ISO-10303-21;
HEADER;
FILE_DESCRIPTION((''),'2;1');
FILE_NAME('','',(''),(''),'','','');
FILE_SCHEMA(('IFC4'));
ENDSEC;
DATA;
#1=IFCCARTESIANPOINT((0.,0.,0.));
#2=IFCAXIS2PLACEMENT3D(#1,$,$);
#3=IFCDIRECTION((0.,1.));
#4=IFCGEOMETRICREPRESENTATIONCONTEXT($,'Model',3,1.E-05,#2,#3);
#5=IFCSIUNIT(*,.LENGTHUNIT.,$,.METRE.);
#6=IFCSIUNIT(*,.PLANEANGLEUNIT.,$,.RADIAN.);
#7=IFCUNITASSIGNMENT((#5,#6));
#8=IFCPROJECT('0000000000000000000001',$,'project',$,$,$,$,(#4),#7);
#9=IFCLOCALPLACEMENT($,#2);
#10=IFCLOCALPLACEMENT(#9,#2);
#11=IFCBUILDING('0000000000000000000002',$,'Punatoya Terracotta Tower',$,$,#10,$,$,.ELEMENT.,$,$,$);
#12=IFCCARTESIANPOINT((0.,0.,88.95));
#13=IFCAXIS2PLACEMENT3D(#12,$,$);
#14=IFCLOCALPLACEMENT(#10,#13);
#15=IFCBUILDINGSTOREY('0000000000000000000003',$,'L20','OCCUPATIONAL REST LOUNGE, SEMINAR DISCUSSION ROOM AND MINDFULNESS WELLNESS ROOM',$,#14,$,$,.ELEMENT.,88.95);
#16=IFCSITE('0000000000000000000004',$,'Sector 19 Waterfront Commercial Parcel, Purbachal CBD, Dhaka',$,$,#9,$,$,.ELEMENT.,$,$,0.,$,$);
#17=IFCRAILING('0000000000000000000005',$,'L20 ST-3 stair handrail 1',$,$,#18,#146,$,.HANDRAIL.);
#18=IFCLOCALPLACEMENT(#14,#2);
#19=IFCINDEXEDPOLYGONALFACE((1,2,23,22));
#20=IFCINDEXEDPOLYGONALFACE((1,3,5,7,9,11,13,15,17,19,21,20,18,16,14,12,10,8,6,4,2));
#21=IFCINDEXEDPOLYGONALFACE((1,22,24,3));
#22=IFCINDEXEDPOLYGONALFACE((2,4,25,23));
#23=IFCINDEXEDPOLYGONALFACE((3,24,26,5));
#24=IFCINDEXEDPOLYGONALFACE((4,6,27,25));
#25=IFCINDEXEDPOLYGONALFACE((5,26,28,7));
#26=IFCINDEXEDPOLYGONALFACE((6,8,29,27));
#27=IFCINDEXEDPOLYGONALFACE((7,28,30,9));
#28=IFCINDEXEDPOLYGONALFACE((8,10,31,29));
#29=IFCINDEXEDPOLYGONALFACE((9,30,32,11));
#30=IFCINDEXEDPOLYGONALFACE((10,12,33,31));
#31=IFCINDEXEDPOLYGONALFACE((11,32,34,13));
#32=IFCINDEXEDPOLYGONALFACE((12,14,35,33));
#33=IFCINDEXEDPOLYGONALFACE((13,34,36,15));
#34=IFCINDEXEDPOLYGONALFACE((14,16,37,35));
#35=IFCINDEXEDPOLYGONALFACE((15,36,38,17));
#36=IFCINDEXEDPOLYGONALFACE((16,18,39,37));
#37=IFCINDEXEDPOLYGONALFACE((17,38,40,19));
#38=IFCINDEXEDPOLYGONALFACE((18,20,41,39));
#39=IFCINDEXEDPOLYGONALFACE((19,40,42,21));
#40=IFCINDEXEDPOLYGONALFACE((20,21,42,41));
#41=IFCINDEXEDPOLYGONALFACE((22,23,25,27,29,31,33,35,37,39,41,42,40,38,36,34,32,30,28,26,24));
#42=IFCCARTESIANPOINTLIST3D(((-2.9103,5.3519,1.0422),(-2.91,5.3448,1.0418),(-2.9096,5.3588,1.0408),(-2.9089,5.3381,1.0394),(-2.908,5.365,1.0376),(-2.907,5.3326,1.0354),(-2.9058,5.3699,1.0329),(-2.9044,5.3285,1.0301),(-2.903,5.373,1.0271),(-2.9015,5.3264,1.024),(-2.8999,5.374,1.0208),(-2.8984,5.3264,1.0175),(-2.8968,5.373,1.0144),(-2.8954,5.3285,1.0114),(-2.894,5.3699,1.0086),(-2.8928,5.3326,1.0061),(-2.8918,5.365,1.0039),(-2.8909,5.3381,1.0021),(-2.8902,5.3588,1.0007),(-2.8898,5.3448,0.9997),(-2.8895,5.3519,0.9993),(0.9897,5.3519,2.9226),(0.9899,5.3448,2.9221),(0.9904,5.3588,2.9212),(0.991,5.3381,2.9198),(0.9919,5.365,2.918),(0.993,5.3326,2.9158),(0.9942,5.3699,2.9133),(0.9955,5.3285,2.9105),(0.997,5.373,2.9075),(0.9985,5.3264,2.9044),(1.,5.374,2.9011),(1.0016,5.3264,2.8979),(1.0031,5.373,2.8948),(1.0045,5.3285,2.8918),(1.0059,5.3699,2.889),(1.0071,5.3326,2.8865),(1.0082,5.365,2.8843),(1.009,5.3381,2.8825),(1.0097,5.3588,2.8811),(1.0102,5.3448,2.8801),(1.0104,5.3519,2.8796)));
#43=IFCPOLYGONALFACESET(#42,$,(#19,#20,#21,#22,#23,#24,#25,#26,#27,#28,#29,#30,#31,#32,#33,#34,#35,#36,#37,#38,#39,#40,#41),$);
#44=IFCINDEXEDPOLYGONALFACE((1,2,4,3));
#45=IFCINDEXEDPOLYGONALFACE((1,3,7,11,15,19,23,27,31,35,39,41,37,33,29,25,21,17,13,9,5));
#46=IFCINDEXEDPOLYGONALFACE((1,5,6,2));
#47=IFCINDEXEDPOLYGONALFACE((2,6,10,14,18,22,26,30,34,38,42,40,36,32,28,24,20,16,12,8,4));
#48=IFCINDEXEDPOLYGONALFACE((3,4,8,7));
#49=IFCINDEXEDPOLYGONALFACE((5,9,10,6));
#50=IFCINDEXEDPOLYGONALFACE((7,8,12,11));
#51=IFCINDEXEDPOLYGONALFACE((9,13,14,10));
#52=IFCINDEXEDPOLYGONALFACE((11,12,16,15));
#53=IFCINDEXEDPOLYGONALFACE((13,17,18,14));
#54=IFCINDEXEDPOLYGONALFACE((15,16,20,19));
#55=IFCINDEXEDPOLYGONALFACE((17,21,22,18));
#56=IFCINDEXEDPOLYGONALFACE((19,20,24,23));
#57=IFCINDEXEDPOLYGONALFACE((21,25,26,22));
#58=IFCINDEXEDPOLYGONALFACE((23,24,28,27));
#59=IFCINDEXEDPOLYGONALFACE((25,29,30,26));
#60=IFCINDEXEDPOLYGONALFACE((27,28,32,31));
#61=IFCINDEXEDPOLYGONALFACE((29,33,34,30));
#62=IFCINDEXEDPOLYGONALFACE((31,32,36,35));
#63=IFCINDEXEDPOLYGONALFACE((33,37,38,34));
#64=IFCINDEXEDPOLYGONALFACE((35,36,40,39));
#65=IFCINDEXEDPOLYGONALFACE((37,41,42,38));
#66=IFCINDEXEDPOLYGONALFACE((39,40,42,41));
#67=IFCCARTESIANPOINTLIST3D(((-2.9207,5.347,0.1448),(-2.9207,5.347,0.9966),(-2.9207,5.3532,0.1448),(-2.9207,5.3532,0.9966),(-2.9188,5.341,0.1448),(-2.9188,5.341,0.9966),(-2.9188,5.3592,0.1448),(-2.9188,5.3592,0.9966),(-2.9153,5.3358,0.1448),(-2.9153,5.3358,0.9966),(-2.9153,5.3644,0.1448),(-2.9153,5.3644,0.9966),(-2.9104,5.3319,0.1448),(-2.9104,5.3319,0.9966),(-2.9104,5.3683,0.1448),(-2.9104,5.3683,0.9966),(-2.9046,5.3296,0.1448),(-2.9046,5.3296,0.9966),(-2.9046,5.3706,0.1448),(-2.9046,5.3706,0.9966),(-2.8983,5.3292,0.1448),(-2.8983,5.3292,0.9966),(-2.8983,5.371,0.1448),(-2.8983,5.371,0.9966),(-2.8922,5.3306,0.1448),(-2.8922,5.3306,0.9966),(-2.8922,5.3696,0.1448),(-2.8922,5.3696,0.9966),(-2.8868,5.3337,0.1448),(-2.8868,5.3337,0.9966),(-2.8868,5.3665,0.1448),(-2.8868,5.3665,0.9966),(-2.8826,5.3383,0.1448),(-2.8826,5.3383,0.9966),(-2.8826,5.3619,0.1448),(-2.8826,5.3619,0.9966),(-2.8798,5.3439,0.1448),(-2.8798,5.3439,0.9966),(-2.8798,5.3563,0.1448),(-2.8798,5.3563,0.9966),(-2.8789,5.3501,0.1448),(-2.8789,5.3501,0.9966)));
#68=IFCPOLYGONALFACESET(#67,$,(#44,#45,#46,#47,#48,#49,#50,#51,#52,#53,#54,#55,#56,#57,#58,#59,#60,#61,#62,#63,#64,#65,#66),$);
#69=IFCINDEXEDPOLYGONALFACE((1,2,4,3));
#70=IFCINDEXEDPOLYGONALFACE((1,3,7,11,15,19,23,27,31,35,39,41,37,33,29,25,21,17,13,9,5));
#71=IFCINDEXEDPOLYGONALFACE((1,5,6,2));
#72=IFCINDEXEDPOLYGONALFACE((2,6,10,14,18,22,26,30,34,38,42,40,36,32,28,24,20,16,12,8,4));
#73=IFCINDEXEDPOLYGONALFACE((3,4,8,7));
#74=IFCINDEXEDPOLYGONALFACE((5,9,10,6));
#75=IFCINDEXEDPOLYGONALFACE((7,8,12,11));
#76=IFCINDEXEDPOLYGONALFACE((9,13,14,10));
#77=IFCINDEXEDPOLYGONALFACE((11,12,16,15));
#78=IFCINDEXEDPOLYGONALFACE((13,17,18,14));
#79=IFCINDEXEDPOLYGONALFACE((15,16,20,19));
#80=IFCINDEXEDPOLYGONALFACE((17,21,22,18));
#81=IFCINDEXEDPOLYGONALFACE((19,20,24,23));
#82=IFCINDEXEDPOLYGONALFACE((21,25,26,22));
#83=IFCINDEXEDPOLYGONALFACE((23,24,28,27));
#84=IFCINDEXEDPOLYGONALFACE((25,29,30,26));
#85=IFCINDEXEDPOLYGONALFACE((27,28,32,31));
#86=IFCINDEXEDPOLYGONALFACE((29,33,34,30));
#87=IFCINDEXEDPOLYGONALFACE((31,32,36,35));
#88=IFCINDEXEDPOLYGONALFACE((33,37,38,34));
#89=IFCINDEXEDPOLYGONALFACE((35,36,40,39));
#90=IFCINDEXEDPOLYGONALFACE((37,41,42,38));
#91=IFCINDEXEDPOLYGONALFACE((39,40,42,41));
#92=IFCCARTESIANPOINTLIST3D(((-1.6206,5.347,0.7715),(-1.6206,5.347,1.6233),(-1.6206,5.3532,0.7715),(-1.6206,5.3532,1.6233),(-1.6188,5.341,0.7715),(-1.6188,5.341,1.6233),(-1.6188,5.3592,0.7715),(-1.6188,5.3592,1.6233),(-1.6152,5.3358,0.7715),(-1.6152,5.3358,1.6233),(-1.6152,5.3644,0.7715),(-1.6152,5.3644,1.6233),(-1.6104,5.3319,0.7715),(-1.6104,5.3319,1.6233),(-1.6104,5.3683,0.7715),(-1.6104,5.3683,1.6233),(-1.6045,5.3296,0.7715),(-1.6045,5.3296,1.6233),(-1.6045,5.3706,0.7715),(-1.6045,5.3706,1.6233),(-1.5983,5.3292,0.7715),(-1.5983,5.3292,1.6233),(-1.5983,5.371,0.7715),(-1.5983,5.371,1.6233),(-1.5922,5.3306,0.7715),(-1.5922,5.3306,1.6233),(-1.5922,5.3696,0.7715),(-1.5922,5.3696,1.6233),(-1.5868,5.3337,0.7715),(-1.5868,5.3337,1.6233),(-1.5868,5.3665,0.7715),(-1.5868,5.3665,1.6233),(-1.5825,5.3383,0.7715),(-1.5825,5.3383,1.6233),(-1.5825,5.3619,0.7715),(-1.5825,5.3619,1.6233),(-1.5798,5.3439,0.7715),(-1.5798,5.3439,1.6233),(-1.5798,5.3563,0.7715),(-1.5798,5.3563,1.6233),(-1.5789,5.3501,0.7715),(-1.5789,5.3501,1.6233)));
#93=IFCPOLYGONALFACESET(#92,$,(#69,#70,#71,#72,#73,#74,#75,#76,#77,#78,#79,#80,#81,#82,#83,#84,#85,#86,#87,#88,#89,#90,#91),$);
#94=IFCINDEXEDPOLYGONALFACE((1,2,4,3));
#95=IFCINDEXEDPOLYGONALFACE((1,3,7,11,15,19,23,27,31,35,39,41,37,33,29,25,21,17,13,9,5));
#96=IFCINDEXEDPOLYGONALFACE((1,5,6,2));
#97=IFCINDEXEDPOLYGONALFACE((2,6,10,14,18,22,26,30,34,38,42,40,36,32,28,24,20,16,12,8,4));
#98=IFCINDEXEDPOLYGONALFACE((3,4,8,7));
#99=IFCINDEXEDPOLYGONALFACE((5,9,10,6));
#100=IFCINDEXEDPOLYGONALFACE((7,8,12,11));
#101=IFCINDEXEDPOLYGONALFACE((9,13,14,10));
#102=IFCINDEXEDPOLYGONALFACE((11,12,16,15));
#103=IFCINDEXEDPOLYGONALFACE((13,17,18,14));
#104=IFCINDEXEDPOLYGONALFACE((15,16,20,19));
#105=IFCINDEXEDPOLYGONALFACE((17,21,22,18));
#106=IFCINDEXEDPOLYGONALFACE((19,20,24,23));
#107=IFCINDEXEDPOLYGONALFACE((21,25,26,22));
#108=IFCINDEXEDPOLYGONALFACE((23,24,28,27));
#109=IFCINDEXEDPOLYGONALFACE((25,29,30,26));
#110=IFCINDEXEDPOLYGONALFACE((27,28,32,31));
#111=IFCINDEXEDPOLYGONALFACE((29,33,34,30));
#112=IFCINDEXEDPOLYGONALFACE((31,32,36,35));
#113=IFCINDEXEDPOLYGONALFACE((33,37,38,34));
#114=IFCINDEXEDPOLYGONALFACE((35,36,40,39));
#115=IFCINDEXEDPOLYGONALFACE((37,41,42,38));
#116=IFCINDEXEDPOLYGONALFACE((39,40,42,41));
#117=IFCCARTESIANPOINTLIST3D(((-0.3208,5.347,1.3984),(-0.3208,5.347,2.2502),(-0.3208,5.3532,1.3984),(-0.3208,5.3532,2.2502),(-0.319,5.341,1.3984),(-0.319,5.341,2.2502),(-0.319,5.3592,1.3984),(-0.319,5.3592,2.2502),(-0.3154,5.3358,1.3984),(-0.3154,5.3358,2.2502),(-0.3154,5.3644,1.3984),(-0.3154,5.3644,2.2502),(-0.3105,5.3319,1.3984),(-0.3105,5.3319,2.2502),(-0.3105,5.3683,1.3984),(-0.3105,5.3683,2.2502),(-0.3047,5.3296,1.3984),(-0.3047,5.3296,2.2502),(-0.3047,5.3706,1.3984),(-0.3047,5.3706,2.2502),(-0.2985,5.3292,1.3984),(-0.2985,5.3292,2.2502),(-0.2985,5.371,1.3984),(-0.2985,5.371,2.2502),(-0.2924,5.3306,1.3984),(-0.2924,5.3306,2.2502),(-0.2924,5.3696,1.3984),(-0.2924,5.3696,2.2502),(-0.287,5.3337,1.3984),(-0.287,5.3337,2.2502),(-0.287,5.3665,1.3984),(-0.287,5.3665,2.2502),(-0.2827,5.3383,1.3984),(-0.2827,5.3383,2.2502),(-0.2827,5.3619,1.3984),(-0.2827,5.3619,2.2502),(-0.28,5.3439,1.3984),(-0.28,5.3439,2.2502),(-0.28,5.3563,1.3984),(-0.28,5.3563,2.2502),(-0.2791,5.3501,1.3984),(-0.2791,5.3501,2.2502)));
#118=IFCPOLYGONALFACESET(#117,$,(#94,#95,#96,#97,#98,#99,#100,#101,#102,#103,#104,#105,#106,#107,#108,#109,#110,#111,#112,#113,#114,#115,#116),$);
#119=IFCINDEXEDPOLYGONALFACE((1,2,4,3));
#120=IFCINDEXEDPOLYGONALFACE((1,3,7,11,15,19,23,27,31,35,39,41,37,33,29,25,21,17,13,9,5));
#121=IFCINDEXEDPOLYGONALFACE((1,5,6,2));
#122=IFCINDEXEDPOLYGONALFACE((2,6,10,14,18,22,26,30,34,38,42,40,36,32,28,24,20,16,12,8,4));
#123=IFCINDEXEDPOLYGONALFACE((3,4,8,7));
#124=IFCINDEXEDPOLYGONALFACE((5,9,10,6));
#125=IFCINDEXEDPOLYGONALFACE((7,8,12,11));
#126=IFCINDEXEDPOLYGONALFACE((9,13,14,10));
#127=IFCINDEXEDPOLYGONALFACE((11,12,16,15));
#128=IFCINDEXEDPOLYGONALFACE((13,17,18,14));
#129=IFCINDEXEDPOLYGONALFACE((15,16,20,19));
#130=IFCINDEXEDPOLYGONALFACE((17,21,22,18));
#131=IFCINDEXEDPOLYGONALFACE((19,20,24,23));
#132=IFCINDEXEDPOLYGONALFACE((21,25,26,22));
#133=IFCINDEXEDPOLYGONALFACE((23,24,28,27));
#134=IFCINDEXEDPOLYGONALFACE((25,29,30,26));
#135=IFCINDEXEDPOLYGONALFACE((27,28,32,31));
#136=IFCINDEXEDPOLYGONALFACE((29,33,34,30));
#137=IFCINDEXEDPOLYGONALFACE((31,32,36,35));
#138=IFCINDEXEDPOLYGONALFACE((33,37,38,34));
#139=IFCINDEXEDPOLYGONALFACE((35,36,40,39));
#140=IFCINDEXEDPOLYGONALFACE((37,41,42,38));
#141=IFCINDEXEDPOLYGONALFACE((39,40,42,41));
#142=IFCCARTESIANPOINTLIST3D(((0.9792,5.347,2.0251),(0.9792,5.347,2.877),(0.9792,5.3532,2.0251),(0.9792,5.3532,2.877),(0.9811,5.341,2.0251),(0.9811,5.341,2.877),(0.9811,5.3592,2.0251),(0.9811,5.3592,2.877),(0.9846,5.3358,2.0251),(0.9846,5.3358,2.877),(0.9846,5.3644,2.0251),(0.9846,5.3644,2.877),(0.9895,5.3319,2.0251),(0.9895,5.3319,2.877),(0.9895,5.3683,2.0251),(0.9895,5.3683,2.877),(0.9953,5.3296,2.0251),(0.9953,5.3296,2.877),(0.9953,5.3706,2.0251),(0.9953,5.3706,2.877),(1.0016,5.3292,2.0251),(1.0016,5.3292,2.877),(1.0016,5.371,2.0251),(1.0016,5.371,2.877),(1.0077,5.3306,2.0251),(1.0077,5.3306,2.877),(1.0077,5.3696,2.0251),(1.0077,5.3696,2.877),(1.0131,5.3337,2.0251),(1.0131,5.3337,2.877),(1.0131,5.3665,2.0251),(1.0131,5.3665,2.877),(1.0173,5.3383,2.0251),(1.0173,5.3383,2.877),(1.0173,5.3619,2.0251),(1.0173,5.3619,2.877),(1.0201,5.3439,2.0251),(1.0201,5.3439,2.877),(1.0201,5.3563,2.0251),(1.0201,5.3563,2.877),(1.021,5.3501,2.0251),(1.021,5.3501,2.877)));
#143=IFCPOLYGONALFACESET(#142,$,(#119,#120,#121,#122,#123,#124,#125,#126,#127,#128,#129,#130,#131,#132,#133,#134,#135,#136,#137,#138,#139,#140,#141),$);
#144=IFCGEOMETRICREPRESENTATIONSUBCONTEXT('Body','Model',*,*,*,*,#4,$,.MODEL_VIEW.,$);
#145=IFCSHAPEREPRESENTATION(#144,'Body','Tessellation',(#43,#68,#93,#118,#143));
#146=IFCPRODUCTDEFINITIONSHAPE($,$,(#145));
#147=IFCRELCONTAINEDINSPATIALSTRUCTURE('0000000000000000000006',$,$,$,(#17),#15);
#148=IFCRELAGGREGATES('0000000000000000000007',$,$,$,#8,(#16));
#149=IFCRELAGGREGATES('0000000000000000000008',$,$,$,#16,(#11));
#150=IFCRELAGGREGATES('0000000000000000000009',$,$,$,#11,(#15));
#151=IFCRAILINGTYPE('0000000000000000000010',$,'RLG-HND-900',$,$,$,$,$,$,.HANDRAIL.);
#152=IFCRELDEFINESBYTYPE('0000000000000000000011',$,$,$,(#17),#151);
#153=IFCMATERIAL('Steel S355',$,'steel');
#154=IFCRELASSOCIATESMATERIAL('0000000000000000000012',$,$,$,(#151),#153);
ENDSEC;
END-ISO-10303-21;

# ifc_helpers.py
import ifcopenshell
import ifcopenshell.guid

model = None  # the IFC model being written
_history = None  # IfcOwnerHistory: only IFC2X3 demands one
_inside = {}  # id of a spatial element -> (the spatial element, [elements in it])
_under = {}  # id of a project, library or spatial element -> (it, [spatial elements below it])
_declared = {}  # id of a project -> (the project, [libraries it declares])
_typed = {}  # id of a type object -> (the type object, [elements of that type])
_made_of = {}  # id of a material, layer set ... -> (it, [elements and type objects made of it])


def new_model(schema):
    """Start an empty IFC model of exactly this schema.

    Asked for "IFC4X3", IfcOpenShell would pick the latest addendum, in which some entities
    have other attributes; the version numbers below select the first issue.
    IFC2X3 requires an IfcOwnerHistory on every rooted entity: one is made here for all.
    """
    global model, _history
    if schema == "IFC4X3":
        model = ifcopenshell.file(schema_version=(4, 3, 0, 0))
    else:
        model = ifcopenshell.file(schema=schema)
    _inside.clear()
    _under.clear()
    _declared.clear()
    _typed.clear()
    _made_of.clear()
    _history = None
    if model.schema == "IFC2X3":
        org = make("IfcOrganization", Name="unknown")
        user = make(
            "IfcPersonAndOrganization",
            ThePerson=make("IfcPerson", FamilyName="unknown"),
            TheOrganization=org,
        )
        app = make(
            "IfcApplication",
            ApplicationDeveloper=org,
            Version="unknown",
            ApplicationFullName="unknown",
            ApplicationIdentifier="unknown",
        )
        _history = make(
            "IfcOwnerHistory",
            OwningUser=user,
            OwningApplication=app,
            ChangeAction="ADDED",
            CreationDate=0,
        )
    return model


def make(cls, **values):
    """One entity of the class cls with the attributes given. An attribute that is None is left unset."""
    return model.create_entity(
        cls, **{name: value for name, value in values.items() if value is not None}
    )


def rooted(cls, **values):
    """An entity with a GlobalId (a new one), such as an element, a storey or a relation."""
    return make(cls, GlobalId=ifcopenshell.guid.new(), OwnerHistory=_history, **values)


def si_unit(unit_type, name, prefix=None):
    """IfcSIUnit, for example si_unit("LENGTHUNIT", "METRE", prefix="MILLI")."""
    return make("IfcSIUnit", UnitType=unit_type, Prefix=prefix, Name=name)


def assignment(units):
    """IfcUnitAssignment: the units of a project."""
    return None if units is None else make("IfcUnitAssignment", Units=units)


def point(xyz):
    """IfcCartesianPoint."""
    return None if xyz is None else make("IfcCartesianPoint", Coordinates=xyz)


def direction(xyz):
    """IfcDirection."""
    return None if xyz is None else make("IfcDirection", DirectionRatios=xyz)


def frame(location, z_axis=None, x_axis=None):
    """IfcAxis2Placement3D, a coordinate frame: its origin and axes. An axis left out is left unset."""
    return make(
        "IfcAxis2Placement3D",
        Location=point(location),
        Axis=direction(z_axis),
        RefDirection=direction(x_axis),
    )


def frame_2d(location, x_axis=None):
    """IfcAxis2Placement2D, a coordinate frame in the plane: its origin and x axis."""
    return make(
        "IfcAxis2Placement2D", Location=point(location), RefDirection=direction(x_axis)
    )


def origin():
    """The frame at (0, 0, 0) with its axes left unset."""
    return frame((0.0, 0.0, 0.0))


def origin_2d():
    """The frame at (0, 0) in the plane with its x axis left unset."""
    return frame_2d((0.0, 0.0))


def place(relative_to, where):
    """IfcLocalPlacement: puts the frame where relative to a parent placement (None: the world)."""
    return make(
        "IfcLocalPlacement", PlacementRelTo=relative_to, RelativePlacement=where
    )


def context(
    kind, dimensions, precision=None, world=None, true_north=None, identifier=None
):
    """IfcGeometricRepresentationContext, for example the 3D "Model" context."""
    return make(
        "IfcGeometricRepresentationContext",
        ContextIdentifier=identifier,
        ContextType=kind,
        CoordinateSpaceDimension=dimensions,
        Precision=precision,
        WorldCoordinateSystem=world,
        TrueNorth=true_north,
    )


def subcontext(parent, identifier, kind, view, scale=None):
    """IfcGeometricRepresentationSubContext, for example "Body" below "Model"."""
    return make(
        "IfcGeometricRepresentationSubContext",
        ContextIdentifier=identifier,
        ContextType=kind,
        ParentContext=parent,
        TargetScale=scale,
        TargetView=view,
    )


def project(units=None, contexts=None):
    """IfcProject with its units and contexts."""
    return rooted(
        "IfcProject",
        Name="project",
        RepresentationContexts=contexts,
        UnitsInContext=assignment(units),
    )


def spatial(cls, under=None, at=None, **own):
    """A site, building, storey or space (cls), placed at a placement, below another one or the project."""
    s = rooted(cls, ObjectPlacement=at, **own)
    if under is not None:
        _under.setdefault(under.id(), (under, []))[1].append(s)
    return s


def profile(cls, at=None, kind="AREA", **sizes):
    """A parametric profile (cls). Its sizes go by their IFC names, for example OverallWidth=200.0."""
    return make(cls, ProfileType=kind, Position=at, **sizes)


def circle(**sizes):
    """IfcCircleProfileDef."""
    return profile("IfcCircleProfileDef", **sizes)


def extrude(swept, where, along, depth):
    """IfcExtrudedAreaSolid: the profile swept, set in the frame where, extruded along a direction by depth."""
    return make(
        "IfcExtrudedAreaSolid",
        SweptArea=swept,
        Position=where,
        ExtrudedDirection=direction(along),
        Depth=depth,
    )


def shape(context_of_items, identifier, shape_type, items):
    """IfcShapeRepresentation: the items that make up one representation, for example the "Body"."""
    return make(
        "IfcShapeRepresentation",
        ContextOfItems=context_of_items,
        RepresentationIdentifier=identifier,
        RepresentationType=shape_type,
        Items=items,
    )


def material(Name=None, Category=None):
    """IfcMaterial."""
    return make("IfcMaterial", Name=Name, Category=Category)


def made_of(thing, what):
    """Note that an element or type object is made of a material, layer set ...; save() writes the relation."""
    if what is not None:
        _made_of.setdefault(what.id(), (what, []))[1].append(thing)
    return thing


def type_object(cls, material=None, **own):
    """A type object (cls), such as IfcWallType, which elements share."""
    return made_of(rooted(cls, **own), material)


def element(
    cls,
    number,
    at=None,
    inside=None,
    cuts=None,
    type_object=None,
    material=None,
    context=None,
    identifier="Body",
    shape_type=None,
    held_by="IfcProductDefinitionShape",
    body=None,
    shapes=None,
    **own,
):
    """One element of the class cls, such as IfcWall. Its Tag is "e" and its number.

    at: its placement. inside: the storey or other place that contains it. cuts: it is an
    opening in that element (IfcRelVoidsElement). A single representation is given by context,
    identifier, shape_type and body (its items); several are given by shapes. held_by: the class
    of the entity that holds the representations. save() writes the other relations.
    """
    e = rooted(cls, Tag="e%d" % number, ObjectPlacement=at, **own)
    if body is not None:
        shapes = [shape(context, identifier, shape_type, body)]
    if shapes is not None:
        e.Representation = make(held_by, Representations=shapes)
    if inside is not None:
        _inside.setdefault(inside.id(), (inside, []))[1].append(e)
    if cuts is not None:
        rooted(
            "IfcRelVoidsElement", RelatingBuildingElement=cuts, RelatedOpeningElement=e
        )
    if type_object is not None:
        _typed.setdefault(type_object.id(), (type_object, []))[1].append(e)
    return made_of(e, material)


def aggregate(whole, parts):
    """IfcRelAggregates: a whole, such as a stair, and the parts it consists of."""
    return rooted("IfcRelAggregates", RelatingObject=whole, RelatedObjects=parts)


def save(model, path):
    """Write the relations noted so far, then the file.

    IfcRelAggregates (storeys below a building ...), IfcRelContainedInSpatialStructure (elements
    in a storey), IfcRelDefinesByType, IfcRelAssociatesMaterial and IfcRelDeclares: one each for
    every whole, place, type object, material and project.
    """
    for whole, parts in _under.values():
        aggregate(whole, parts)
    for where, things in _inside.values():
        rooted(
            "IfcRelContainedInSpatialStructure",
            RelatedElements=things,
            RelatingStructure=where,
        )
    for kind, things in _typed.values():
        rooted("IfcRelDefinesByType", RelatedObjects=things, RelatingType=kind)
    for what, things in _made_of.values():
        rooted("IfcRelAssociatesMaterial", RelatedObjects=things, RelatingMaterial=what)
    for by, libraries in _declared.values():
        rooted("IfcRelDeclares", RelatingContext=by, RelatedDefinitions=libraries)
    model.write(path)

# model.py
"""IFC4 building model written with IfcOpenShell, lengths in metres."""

from ifc_helpers import new_model, si_unit, direction, frame, origin, origin_2d, place, context, subcontext, project, spatial, circle, extrude, material, type_object, element, save


model = new_model("IFC4")

# Units and contexts
model_context = context("Model", 3, precision=1e-05, world=origin(), true_north=direction((0.0, 1.0)))
body_context = subcontext(model_context, "Body", "Model", "MODEL_VIEW")
ifc_project = project(units=[si_unit("LENGTHUNIT", "METRE"), si_unit("PLANEANGLEUNIT", "RADIAN")], contexts=[model_context])

# Site, building, storey
site_placement = place(None, origin())
site = spatial("IfcSite", under=ifc_project, at=site_placement, Name="Sector 19 Waterfront Commercial Parcel, Purbachal CBD, Dhaka", CompositionType="ELEMENT", RefElevation=0.0)
building_placement = place(site_placement, origin())
building = spatial("IfcBuilding", under=site, at=building_placement, Name="Punatoya Terracotta Tower", CompositionType="ELEMENT")
storey_placement = place(building_placement, frame((0.0, 0.0, 88.95)))
storey = spatial("IfcBuildingStorey", under=building, at=storey_placement, Name="L20", Description="OCCUPATIONAL REST LOUNGE, SEMINAR DISCUSSION ROOM AND MINDFULNESS WELLNESS ROOM", CompositionType="ELEMENT", Elevation=88.95)

# Shared definitions
ifc_material_1 = material(Name="Steel S355", Category="steel")

# Railing
railing_type_1 = type_object("IfcRailingType", Name="RLG-HND-900", PredefinedType="HANDRAIL", material=ifc_material_1)
railing_1_placement = place(storey_placement, frame((-2.8999, 5.3501, 0.1448)))
element("IfcRailing", 1, at=railing_1_placement, inside=storey, type_object=railing_type_1, Name="L20 ST-3 stair handrail 1", PredefinedType="HANDRAIL", context=body_context, shape_type="SweptSolid", body=[
    extrude(circle(Radius=0.0239, at=origin_2d()), frame((0.0, 0.0, 0.876), z_axis=(0.900763, 0.0, 0.434311), x_axis=(0.0, 1.0, 0.0)), (0.0, 0.0, 1.0), 4.3296),
    extrude(circle(Radius=0.021, at=origin_2d()), origin(), (0.0, 0.0, 1.0), 0.8518),
    extrude(circle(Radius=0.021, at=origin_2d()), frame((1.3, 0.0, 0.6267)), (0.0, 0.0, 1.0), 0.8518),
    extrude(circle(Radius=0.021, at=origin_2d()), frame((2.5999, 0.0, 1.2537)), (0.0, 0.0, 1.0), 0.8518),
    extrude(circle(Radius=0.021, at=origin_2d()), frame((3.8999, 0.0, 1.8804)), (0.0, 0.0, 1.0), 0.8518),
])

save(model, "model.ifc")
